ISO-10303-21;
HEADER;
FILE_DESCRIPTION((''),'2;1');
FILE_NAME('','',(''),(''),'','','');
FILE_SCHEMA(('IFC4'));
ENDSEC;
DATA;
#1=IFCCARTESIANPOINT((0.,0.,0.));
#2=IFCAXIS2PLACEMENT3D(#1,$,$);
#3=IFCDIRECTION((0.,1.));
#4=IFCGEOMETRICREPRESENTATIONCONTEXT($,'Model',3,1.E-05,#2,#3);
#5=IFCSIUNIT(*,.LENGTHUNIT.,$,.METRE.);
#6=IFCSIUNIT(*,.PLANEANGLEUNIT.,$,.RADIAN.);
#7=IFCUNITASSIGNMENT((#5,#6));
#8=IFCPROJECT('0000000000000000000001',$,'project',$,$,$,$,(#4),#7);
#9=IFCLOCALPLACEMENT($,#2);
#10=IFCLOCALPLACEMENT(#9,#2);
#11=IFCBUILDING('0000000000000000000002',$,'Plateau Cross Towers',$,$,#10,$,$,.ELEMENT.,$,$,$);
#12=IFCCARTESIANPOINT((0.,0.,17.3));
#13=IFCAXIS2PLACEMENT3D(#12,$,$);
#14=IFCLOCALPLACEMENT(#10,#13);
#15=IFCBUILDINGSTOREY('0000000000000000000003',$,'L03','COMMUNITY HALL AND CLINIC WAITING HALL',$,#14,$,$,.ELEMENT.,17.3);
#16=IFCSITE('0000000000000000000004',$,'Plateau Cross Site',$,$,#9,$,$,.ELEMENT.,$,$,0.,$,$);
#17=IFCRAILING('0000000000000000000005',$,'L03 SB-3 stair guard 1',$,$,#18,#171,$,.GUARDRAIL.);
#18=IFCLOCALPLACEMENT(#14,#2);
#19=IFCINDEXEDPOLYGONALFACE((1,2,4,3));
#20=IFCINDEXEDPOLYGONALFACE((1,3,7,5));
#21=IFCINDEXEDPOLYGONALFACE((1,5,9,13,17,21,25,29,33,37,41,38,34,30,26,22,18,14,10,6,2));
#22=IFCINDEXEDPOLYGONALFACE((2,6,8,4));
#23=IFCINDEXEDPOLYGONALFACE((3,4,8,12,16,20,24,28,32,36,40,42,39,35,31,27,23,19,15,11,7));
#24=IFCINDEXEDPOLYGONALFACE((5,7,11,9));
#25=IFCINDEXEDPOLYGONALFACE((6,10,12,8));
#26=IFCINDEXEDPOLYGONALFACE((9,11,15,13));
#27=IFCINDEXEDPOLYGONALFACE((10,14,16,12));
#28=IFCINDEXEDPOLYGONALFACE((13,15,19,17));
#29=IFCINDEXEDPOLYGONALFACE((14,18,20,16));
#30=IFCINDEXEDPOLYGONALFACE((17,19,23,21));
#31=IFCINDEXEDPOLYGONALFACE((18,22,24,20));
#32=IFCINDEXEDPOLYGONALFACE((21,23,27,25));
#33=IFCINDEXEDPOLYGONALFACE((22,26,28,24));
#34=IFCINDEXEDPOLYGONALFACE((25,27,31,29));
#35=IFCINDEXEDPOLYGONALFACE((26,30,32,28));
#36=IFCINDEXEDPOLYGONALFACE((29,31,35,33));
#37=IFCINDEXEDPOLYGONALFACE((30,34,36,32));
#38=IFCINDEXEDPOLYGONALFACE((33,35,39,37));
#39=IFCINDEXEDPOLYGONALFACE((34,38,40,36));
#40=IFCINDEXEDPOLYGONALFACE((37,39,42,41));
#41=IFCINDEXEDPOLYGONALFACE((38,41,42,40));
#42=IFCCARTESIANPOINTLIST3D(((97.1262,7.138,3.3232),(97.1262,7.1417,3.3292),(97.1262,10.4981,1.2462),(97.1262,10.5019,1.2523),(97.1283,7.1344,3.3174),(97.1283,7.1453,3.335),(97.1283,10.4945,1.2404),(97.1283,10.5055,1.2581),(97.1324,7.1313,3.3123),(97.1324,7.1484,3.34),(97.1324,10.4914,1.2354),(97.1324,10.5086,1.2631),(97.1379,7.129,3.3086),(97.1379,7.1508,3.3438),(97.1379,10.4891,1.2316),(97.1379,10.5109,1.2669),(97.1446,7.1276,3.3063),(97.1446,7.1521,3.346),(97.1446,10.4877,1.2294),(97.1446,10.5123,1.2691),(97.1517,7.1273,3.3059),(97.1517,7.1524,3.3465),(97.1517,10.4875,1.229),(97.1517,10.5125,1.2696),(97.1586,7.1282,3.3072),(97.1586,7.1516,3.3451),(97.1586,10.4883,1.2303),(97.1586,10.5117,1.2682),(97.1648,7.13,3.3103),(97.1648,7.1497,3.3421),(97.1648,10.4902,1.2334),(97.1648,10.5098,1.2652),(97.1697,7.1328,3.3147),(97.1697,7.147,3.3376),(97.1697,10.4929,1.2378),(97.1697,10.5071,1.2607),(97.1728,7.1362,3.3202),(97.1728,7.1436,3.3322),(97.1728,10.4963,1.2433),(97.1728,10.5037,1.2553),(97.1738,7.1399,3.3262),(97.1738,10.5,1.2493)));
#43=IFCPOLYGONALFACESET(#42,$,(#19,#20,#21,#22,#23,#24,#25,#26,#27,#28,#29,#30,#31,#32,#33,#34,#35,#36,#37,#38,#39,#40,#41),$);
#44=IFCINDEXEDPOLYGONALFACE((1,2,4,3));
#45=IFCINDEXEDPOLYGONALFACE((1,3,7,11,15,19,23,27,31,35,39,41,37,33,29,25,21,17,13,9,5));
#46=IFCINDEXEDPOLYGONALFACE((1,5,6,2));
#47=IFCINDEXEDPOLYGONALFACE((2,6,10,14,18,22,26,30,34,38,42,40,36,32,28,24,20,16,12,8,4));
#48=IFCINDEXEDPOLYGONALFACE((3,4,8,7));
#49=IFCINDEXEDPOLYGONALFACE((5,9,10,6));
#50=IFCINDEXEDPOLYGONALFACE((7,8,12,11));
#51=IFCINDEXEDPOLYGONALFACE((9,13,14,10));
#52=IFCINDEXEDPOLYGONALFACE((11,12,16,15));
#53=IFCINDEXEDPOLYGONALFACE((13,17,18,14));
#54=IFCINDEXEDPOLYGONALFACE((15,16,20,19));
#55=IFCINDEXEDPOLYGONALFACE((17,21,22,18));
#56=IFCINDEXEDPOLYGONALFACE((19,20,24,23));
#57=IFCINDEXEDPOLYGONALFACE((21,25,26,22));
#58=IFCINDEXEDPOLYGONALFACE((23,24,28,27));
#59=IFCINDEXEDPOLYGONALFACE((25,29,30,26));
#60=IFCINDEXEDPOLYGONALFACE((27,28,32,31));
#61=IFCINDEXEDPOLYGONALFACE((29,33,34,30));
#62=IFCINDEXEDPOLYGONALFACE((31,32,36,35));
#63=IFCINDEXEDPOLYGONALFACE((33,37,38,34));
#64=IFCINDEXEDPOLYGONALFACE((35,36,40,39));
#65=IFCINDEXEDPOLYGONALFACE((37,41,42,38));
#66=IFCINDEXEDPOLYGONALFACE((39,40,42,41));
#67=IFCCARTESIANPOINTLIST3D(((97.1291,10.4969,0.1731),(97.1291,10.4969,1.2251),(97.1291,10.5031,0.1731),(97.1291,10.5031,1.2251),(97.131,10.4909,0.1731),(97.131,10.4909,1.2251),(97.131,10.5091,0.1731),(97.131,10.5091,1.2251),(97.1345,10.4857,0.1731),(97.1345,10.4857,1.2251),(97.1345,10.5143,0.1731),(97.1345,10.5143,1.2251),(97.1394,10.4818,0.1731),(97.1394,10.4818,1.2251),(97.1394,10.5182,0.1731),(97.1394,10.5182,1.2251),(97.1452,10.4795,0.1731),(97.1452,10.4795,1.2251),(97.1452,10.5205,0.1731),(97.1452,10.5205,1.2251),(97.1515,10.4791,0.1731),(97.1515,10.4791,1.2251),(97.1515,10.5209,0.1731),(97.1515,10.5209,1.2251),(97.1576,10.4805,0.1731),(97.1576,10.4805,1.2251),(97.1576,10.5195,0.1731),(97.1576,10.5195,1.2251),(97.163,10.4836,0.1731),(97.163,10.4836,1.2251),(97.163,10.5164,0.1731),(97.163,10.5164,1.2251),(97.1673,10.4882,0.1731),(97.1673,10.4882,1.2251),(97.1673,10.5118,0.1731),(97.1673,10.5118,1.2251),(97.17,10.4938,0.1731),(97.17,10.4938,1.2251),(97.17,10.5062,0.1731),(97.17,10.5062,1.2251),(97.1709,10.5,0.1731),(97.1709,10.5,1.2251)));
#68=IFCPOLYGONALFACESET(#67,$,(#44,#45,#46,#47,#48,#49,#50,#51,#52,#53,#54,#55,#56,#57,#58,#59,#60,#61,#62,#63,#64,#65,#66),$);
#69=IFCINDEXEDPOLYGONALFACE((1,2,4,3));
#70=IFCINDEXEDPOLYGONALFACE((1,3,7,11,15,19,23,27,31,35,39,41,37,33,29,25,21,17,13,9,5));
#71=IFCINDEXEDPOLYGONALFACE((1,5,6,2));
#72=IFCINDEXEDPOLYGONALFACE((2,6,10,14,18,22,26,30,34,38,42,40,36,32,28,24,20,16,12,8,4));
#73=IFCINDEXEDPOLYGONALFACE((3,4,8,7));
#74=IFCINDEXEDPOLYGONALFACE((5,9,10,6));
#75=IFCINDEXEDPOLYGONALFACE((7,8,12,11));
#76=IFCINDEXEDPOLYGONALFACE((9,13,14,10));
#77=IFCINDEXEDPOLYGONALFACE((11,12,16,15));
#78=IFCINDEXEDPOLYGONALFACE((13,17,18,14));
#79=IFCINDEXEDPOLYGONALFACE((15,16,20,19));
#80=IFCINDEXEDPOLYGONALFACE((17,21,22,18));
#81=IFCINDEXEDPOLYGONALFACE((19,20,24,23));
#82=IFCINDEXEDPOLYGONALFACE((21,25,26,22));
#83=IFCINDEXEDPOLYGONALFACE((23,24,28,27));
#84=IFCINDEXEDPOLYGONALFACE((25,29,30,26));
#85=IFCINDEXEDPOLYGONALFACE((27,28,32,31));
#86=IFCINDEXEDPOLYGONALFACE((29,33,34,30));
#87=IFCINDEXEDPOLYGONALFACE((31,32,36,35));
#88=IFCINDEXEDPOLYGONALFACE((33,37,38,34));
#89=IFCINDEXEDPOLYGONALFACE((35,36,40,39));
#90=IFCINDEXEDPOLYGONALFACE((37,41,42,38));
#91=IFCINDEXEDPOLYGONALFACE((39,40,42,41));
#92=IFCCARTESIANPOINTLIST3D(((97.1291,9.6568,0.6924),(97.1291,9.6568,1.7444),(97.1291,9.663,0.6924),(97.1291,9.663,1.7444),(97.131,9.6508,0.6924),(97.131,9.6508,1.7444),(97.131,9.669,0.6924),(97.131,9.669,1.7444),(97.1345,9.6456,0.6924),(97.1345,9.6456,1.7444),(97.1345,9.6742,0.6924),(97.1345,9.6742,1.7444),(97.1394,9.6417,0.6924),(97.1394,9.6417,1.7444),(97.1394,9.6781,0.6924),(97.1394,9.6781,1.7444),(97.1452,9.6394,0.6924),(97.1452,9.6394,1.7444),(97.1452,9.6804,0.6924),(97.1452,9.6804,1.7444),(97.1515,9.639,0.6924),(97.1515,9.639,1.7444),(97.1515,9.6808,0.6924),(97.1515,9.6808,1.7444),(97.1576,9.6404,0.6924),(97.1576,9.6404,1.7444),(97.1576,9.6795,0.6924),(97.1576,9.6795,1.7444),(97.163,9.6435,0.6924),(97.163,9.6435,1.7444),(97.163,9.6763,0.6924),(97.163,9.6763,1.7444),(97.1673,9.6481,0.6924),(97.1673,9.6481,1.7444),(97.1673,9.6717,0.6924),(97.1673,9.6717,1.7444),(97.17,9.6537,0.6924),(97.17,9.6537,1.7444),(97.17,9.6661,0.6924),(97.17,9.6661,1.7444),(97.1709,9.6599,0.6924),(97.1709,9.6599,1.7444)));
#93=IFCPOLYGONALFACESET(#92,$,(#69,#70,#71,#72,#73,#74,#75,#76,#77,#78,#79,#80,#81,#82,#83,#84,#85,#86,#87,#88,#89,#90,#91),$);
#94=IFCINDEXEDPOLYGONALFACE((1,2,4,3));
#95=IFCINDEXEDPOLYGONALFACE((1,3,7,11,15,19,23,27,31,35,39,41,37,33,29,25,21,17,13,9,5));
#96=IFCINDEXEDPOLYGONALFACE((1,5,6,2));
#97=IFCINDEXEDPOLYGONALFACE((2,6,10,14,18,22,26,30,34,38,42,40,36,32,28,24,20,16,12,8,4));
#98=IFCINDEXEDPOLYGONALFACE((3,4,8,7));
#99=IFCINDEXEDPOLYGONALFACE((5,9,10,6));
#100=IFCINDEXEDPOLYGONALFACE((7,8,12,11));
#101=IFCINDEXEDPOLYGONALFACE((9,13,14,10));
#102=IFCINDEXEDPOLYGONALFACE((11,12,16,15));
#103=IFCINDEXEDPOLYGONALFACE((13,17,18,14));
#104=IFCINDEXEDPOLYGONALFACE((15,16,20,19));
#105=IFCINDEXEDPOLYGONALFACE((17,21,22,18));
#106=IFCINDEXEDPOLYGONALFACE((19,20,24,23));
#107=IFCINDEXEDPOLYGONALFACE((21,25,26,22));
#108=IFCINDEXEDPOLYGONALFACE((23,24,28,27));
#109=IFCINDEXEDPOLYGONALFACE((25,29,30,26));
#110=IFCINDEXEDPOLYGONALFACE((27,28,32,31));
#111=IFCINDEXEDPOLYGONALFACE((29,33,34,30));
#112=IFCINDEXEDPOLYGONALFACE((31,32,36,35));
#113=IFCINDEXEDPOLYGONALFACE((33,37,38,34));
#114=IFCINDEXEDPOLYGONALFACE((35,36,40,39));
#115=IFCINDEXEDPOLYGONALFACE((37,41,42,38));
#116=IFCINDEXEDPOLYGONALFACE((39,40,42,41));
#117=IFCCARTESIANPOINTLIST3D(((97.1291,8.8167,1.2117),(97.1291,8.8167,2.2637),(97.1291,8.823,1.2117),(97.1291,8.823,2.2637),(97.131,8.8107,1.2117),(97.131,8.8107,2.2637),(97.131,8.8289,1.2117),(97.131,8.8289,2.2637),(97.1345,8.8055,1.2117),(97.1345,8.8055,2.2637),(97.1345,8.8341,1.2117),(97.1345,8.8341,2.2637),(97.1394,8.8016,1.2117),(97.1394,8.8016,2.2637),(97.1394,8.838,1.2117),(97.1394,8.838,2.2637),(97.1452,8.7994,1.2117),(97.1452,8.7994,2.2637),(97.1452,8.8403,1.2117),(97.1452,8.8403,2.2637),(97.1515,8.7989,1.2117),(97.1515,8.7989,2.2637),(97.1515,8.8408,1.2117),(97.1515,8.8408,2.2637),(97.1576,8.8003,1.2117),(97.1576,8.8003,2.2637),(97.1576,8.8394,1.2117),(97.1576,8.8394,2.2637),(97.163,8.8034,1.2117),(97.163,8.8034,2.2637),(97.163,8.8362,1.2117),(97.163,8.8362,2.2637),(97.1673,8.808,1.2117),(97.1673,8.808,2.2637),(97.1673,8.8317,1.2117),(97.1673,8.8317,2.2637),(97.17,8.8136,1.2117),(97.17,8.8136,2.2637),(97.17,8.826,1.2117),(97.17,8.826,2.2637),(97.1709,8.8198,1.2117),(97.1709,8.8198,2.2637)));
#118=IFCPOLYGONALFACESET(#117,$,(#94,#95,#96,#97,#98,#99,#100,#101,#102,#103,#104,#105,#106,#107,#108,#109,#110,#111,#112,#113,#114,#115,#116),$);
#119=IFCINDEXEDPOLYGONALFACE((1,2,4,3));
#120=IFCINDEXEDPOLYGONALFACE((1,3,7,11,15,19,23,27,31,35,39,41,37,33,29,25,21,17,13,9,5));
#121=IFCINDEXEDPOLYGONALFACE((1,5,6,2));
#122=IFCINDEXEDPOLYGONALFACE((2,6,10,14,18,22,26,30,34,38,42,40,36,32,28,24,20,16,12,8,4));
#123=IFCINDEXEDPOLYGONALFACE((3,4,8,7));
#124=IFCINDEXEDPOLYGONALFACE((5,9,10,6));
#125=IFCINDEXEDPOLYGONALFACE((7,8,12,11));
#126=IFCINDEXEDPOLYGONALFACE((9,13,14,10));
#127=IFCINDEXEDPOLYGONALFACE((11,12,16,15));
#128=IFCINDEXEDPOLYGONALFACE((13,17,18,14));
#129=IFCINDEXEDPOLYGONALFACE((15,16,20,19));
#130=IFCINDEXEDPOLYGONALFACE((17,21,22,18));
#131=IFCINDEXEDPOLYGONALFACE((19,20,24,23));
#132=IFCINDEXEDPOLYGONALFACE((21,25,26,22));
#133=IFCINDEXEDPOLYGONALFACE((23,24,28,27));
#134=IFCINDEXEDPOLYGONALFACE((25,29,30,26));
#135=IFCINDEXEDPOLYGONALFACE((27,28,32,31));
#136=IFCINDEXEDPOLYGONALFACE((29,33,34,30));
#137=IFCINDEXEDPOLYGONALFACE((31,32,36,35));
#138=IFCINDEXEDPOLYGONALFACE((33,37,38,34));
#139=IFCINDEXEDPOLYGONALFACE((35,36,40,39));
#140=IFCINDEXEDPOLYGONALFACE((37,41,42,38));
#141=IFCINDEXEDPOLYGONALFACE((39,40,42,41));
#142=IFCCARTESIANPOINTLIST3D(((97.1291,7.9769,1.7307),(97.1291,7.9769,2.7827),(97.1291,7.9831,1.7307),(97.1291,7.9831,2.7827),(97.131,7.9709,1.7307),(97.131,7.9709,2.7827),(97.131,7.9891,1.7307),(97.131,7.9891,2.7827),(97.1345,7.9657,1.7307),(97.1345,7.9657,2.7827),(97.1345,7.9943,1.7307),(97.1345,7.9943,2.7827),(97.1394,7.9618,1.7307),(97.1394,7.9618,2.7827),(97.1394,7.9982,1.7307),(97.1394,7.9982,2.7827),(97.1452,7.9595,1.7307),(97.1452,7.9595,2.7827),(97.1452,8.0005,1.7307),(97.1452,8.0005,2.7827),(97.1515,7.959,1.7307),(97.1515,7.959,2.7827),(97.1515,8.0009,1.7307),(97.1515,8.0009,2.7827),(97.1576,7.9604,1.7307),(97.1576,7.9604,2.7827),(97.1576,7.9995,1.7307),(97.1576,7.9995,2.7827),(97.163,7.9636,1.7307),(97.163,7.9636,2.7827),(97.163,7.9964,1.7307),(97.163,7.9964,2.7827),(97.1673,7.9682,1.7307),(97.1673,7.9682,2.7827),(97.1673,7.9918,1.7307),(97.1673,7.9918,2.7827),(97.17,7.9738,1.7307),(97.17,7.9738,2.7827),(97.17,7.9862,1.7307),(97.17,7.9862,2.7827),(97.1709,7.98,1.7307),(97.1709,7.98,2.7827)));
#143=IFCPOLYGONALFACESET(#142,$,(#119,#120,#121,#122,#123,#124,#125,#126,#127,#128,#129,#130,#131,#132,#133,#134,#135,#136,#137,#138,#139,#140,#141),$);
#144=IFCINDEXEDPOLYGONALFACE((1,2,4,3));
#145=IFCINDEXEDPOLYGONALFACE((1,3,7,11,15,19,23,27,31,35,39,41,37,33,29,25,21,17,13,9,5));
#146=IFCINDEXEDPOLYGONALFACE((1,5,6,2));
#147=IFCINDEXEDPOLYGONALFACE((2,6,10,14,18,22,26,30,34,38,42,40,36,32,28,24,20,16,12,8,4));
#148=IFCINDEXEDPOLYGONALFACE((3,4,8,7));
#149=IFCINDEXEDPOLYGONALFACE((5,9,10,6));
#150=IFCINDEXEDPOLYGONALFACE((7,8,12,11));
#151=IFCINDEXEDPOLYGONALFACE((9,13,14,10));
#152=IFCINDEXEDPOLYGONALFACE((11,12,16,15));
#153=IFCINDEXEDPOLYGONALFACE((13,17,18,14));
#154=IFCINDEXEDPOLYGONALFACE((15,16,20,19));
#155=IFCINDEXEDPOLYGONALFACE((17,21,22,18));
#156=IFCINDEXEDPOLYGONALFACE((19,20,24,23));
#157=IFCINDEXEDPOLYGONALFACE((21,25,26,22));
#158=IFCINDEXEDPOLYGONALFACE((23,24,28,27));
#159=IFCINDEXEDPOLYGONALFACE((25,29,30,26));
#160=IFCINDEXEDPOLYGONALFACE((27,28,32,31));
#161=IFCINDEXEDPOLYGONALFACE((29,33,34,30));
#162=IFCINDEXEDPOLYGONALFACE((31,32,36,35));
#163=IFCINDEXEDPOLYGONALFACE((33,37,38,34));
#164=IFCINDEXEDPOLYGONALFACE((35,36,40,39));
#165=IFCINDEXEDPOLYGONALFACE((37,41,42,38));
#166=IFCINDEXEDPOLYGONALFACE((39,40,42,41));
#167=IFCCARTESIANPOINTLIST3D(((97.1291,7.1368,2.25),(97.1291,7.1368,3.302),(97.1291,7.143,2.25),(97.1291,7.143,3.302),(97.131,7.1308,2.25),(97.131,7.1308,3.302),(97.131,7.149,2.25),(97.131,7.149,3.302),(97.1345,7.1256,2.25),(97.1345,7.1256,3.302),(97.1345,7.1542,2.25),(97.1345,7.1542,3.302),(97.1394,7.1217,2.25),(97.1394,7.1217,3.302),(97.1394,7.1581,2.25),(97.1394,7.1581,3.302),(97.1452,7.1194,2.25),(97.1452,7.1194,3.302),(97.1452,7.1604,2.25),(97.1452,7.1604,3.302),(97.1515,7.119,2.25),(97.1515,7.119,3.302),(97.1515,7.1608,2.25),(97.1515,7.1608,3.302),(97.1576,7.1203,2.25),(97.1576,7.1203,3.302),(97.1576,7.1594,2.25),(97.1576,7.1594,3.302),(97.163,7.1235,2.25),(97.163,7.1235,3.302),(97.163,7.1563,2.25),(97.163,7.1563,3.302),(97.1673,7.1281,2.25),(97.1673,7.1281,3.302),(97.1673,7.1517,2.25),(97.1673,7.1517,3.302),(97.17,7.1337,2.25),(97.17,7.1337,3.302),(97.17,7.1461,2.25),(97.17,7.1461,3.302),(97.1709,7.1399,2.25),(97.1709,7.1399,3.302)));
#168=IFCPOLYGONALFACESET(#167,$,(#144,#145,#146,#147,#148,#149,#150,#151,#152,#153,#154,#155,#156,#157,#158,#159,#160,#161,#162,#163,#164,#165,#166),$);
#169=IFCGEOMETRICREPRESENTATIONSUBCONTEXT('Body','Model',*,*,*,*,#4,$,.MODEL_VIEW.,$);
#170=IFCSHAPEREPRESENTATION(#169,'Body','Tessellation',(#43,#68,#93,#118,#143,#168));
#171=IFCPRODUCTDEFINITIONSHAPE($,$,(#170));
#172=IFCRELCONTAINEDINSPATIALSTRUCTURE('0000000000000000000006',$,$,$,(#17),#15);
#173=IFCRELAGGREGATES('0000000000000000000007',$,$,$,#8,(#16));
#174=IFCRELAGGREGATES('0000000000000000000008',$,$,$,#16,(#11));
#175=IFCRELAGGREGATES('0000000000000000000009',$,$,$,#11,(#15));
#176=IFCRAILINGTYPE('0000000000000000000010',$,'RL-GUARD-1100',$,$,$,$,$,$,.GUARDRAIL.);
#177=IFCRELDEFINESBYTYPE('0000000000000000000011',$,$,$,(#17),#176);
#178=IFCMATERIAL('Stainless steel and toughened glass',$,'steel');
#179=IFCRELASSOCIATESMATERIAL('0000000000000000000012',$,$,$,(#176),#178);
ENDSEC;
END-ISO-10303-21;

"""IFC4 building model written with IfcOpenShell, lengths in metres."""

from ifc_helpers import new_model, si_unit, direction, frame, origin, origin_2d, place, context, subcontext, project, spatial, circle, extrude, material, type_object, element, save


model = new_model("IFC4")

# Units and contexts
model_context = context("Model", 3, precision=1e-05, world=origin(), true_north=direction((0.0, 1.0)))
body_context = subcontext(model_context, "Body", "Model", "MODEL_VIEW")
ifc_project = project(units=[si_unit("LENGTHUNIT", "METRE"), si_unit("PLANEANGLEUNIT", "RADIAN")], contexts=[model_context])

# Site, building, storey
site_placement = place(None, origin())
site = spatial("IfcSite", under=ifc_project, at=site_placement, Name="Plateau Cross Site", CompositionType="ELEMENT", RefElevation=0.0)
building_placement = place(site_placement, origin())
building = spatial("IfcBuilding", under=site, at=building_placement, Name="Plateau Cross Towers", CompositionType="ELEMENT")
storey_placement = place(building_placement, frame((0.0, 0.0, 17.3)))
storey = spatial("IfcBuildingStorey", under=building, at=storey_placement, Name="L03", Description="COMMUNITY HALL AND CLINIC WAITING HALL", CompositionType="ELEMENT", Elevation=17.3)

# Railing
ifc_material_1 = material(Name="Stainless steel and toughened glass", Category="steel")
railing_type_1 = type_object("IfcRailingType", Name="RL-GUARD-1100", PredefinedType="GUARDRAIL", material=ifc_material_1)
railing_1_placement = place(storey_placement, frame((97.1499, 10.5, 0.1731)))
element("IfcRailing", 1, at=railing_1_placement, inside=storey, type_object=railing_type_1, Name="L03 SB-3 stair guard 1", PredefinedType="GUARDRAIL", context=body_context, shape_type="SweptSolid", body=[
    extrude(circle(Radius=0.0239, at=origin_2d()), frame((0.0, 0.0, 1.0762), z_axis=(0.0, -0.850623, 0.525776), x_axis=(1.0, 0.0, 0.0)), (0.0, 0.0, 1.0), 3.9502),
    extrude(circle(Radius=0.021, at=origin_2d()), origin(), (0.0, 0.0, 1.0), 1.052),
    extrude(circle(Radius=0.021, at=origin_2d()), frame((0.0, -0.8401, 0.5193)), (0.0, 0.0, 1.0), 1.052),
    extrude(circle(Radius=0.021, at=origin_2d()), frame((0.0, -1.6802, 1.0386)), (0.0, 0.0, 1.0), 1.052),
    extrude(circle(Radius=0.021, at=origin_2d()), frame((0.0, -2.52, 1.5576)), (0.0, 0.0, 1.0), 1.052),
    extrude(circle(Radius=0.021, at=origin_2d()), frame((0.0, -3.3601, 2.0769)), (0.0, 0.0, 1.0), 1.052),
])

save(model, "model.ifc")
